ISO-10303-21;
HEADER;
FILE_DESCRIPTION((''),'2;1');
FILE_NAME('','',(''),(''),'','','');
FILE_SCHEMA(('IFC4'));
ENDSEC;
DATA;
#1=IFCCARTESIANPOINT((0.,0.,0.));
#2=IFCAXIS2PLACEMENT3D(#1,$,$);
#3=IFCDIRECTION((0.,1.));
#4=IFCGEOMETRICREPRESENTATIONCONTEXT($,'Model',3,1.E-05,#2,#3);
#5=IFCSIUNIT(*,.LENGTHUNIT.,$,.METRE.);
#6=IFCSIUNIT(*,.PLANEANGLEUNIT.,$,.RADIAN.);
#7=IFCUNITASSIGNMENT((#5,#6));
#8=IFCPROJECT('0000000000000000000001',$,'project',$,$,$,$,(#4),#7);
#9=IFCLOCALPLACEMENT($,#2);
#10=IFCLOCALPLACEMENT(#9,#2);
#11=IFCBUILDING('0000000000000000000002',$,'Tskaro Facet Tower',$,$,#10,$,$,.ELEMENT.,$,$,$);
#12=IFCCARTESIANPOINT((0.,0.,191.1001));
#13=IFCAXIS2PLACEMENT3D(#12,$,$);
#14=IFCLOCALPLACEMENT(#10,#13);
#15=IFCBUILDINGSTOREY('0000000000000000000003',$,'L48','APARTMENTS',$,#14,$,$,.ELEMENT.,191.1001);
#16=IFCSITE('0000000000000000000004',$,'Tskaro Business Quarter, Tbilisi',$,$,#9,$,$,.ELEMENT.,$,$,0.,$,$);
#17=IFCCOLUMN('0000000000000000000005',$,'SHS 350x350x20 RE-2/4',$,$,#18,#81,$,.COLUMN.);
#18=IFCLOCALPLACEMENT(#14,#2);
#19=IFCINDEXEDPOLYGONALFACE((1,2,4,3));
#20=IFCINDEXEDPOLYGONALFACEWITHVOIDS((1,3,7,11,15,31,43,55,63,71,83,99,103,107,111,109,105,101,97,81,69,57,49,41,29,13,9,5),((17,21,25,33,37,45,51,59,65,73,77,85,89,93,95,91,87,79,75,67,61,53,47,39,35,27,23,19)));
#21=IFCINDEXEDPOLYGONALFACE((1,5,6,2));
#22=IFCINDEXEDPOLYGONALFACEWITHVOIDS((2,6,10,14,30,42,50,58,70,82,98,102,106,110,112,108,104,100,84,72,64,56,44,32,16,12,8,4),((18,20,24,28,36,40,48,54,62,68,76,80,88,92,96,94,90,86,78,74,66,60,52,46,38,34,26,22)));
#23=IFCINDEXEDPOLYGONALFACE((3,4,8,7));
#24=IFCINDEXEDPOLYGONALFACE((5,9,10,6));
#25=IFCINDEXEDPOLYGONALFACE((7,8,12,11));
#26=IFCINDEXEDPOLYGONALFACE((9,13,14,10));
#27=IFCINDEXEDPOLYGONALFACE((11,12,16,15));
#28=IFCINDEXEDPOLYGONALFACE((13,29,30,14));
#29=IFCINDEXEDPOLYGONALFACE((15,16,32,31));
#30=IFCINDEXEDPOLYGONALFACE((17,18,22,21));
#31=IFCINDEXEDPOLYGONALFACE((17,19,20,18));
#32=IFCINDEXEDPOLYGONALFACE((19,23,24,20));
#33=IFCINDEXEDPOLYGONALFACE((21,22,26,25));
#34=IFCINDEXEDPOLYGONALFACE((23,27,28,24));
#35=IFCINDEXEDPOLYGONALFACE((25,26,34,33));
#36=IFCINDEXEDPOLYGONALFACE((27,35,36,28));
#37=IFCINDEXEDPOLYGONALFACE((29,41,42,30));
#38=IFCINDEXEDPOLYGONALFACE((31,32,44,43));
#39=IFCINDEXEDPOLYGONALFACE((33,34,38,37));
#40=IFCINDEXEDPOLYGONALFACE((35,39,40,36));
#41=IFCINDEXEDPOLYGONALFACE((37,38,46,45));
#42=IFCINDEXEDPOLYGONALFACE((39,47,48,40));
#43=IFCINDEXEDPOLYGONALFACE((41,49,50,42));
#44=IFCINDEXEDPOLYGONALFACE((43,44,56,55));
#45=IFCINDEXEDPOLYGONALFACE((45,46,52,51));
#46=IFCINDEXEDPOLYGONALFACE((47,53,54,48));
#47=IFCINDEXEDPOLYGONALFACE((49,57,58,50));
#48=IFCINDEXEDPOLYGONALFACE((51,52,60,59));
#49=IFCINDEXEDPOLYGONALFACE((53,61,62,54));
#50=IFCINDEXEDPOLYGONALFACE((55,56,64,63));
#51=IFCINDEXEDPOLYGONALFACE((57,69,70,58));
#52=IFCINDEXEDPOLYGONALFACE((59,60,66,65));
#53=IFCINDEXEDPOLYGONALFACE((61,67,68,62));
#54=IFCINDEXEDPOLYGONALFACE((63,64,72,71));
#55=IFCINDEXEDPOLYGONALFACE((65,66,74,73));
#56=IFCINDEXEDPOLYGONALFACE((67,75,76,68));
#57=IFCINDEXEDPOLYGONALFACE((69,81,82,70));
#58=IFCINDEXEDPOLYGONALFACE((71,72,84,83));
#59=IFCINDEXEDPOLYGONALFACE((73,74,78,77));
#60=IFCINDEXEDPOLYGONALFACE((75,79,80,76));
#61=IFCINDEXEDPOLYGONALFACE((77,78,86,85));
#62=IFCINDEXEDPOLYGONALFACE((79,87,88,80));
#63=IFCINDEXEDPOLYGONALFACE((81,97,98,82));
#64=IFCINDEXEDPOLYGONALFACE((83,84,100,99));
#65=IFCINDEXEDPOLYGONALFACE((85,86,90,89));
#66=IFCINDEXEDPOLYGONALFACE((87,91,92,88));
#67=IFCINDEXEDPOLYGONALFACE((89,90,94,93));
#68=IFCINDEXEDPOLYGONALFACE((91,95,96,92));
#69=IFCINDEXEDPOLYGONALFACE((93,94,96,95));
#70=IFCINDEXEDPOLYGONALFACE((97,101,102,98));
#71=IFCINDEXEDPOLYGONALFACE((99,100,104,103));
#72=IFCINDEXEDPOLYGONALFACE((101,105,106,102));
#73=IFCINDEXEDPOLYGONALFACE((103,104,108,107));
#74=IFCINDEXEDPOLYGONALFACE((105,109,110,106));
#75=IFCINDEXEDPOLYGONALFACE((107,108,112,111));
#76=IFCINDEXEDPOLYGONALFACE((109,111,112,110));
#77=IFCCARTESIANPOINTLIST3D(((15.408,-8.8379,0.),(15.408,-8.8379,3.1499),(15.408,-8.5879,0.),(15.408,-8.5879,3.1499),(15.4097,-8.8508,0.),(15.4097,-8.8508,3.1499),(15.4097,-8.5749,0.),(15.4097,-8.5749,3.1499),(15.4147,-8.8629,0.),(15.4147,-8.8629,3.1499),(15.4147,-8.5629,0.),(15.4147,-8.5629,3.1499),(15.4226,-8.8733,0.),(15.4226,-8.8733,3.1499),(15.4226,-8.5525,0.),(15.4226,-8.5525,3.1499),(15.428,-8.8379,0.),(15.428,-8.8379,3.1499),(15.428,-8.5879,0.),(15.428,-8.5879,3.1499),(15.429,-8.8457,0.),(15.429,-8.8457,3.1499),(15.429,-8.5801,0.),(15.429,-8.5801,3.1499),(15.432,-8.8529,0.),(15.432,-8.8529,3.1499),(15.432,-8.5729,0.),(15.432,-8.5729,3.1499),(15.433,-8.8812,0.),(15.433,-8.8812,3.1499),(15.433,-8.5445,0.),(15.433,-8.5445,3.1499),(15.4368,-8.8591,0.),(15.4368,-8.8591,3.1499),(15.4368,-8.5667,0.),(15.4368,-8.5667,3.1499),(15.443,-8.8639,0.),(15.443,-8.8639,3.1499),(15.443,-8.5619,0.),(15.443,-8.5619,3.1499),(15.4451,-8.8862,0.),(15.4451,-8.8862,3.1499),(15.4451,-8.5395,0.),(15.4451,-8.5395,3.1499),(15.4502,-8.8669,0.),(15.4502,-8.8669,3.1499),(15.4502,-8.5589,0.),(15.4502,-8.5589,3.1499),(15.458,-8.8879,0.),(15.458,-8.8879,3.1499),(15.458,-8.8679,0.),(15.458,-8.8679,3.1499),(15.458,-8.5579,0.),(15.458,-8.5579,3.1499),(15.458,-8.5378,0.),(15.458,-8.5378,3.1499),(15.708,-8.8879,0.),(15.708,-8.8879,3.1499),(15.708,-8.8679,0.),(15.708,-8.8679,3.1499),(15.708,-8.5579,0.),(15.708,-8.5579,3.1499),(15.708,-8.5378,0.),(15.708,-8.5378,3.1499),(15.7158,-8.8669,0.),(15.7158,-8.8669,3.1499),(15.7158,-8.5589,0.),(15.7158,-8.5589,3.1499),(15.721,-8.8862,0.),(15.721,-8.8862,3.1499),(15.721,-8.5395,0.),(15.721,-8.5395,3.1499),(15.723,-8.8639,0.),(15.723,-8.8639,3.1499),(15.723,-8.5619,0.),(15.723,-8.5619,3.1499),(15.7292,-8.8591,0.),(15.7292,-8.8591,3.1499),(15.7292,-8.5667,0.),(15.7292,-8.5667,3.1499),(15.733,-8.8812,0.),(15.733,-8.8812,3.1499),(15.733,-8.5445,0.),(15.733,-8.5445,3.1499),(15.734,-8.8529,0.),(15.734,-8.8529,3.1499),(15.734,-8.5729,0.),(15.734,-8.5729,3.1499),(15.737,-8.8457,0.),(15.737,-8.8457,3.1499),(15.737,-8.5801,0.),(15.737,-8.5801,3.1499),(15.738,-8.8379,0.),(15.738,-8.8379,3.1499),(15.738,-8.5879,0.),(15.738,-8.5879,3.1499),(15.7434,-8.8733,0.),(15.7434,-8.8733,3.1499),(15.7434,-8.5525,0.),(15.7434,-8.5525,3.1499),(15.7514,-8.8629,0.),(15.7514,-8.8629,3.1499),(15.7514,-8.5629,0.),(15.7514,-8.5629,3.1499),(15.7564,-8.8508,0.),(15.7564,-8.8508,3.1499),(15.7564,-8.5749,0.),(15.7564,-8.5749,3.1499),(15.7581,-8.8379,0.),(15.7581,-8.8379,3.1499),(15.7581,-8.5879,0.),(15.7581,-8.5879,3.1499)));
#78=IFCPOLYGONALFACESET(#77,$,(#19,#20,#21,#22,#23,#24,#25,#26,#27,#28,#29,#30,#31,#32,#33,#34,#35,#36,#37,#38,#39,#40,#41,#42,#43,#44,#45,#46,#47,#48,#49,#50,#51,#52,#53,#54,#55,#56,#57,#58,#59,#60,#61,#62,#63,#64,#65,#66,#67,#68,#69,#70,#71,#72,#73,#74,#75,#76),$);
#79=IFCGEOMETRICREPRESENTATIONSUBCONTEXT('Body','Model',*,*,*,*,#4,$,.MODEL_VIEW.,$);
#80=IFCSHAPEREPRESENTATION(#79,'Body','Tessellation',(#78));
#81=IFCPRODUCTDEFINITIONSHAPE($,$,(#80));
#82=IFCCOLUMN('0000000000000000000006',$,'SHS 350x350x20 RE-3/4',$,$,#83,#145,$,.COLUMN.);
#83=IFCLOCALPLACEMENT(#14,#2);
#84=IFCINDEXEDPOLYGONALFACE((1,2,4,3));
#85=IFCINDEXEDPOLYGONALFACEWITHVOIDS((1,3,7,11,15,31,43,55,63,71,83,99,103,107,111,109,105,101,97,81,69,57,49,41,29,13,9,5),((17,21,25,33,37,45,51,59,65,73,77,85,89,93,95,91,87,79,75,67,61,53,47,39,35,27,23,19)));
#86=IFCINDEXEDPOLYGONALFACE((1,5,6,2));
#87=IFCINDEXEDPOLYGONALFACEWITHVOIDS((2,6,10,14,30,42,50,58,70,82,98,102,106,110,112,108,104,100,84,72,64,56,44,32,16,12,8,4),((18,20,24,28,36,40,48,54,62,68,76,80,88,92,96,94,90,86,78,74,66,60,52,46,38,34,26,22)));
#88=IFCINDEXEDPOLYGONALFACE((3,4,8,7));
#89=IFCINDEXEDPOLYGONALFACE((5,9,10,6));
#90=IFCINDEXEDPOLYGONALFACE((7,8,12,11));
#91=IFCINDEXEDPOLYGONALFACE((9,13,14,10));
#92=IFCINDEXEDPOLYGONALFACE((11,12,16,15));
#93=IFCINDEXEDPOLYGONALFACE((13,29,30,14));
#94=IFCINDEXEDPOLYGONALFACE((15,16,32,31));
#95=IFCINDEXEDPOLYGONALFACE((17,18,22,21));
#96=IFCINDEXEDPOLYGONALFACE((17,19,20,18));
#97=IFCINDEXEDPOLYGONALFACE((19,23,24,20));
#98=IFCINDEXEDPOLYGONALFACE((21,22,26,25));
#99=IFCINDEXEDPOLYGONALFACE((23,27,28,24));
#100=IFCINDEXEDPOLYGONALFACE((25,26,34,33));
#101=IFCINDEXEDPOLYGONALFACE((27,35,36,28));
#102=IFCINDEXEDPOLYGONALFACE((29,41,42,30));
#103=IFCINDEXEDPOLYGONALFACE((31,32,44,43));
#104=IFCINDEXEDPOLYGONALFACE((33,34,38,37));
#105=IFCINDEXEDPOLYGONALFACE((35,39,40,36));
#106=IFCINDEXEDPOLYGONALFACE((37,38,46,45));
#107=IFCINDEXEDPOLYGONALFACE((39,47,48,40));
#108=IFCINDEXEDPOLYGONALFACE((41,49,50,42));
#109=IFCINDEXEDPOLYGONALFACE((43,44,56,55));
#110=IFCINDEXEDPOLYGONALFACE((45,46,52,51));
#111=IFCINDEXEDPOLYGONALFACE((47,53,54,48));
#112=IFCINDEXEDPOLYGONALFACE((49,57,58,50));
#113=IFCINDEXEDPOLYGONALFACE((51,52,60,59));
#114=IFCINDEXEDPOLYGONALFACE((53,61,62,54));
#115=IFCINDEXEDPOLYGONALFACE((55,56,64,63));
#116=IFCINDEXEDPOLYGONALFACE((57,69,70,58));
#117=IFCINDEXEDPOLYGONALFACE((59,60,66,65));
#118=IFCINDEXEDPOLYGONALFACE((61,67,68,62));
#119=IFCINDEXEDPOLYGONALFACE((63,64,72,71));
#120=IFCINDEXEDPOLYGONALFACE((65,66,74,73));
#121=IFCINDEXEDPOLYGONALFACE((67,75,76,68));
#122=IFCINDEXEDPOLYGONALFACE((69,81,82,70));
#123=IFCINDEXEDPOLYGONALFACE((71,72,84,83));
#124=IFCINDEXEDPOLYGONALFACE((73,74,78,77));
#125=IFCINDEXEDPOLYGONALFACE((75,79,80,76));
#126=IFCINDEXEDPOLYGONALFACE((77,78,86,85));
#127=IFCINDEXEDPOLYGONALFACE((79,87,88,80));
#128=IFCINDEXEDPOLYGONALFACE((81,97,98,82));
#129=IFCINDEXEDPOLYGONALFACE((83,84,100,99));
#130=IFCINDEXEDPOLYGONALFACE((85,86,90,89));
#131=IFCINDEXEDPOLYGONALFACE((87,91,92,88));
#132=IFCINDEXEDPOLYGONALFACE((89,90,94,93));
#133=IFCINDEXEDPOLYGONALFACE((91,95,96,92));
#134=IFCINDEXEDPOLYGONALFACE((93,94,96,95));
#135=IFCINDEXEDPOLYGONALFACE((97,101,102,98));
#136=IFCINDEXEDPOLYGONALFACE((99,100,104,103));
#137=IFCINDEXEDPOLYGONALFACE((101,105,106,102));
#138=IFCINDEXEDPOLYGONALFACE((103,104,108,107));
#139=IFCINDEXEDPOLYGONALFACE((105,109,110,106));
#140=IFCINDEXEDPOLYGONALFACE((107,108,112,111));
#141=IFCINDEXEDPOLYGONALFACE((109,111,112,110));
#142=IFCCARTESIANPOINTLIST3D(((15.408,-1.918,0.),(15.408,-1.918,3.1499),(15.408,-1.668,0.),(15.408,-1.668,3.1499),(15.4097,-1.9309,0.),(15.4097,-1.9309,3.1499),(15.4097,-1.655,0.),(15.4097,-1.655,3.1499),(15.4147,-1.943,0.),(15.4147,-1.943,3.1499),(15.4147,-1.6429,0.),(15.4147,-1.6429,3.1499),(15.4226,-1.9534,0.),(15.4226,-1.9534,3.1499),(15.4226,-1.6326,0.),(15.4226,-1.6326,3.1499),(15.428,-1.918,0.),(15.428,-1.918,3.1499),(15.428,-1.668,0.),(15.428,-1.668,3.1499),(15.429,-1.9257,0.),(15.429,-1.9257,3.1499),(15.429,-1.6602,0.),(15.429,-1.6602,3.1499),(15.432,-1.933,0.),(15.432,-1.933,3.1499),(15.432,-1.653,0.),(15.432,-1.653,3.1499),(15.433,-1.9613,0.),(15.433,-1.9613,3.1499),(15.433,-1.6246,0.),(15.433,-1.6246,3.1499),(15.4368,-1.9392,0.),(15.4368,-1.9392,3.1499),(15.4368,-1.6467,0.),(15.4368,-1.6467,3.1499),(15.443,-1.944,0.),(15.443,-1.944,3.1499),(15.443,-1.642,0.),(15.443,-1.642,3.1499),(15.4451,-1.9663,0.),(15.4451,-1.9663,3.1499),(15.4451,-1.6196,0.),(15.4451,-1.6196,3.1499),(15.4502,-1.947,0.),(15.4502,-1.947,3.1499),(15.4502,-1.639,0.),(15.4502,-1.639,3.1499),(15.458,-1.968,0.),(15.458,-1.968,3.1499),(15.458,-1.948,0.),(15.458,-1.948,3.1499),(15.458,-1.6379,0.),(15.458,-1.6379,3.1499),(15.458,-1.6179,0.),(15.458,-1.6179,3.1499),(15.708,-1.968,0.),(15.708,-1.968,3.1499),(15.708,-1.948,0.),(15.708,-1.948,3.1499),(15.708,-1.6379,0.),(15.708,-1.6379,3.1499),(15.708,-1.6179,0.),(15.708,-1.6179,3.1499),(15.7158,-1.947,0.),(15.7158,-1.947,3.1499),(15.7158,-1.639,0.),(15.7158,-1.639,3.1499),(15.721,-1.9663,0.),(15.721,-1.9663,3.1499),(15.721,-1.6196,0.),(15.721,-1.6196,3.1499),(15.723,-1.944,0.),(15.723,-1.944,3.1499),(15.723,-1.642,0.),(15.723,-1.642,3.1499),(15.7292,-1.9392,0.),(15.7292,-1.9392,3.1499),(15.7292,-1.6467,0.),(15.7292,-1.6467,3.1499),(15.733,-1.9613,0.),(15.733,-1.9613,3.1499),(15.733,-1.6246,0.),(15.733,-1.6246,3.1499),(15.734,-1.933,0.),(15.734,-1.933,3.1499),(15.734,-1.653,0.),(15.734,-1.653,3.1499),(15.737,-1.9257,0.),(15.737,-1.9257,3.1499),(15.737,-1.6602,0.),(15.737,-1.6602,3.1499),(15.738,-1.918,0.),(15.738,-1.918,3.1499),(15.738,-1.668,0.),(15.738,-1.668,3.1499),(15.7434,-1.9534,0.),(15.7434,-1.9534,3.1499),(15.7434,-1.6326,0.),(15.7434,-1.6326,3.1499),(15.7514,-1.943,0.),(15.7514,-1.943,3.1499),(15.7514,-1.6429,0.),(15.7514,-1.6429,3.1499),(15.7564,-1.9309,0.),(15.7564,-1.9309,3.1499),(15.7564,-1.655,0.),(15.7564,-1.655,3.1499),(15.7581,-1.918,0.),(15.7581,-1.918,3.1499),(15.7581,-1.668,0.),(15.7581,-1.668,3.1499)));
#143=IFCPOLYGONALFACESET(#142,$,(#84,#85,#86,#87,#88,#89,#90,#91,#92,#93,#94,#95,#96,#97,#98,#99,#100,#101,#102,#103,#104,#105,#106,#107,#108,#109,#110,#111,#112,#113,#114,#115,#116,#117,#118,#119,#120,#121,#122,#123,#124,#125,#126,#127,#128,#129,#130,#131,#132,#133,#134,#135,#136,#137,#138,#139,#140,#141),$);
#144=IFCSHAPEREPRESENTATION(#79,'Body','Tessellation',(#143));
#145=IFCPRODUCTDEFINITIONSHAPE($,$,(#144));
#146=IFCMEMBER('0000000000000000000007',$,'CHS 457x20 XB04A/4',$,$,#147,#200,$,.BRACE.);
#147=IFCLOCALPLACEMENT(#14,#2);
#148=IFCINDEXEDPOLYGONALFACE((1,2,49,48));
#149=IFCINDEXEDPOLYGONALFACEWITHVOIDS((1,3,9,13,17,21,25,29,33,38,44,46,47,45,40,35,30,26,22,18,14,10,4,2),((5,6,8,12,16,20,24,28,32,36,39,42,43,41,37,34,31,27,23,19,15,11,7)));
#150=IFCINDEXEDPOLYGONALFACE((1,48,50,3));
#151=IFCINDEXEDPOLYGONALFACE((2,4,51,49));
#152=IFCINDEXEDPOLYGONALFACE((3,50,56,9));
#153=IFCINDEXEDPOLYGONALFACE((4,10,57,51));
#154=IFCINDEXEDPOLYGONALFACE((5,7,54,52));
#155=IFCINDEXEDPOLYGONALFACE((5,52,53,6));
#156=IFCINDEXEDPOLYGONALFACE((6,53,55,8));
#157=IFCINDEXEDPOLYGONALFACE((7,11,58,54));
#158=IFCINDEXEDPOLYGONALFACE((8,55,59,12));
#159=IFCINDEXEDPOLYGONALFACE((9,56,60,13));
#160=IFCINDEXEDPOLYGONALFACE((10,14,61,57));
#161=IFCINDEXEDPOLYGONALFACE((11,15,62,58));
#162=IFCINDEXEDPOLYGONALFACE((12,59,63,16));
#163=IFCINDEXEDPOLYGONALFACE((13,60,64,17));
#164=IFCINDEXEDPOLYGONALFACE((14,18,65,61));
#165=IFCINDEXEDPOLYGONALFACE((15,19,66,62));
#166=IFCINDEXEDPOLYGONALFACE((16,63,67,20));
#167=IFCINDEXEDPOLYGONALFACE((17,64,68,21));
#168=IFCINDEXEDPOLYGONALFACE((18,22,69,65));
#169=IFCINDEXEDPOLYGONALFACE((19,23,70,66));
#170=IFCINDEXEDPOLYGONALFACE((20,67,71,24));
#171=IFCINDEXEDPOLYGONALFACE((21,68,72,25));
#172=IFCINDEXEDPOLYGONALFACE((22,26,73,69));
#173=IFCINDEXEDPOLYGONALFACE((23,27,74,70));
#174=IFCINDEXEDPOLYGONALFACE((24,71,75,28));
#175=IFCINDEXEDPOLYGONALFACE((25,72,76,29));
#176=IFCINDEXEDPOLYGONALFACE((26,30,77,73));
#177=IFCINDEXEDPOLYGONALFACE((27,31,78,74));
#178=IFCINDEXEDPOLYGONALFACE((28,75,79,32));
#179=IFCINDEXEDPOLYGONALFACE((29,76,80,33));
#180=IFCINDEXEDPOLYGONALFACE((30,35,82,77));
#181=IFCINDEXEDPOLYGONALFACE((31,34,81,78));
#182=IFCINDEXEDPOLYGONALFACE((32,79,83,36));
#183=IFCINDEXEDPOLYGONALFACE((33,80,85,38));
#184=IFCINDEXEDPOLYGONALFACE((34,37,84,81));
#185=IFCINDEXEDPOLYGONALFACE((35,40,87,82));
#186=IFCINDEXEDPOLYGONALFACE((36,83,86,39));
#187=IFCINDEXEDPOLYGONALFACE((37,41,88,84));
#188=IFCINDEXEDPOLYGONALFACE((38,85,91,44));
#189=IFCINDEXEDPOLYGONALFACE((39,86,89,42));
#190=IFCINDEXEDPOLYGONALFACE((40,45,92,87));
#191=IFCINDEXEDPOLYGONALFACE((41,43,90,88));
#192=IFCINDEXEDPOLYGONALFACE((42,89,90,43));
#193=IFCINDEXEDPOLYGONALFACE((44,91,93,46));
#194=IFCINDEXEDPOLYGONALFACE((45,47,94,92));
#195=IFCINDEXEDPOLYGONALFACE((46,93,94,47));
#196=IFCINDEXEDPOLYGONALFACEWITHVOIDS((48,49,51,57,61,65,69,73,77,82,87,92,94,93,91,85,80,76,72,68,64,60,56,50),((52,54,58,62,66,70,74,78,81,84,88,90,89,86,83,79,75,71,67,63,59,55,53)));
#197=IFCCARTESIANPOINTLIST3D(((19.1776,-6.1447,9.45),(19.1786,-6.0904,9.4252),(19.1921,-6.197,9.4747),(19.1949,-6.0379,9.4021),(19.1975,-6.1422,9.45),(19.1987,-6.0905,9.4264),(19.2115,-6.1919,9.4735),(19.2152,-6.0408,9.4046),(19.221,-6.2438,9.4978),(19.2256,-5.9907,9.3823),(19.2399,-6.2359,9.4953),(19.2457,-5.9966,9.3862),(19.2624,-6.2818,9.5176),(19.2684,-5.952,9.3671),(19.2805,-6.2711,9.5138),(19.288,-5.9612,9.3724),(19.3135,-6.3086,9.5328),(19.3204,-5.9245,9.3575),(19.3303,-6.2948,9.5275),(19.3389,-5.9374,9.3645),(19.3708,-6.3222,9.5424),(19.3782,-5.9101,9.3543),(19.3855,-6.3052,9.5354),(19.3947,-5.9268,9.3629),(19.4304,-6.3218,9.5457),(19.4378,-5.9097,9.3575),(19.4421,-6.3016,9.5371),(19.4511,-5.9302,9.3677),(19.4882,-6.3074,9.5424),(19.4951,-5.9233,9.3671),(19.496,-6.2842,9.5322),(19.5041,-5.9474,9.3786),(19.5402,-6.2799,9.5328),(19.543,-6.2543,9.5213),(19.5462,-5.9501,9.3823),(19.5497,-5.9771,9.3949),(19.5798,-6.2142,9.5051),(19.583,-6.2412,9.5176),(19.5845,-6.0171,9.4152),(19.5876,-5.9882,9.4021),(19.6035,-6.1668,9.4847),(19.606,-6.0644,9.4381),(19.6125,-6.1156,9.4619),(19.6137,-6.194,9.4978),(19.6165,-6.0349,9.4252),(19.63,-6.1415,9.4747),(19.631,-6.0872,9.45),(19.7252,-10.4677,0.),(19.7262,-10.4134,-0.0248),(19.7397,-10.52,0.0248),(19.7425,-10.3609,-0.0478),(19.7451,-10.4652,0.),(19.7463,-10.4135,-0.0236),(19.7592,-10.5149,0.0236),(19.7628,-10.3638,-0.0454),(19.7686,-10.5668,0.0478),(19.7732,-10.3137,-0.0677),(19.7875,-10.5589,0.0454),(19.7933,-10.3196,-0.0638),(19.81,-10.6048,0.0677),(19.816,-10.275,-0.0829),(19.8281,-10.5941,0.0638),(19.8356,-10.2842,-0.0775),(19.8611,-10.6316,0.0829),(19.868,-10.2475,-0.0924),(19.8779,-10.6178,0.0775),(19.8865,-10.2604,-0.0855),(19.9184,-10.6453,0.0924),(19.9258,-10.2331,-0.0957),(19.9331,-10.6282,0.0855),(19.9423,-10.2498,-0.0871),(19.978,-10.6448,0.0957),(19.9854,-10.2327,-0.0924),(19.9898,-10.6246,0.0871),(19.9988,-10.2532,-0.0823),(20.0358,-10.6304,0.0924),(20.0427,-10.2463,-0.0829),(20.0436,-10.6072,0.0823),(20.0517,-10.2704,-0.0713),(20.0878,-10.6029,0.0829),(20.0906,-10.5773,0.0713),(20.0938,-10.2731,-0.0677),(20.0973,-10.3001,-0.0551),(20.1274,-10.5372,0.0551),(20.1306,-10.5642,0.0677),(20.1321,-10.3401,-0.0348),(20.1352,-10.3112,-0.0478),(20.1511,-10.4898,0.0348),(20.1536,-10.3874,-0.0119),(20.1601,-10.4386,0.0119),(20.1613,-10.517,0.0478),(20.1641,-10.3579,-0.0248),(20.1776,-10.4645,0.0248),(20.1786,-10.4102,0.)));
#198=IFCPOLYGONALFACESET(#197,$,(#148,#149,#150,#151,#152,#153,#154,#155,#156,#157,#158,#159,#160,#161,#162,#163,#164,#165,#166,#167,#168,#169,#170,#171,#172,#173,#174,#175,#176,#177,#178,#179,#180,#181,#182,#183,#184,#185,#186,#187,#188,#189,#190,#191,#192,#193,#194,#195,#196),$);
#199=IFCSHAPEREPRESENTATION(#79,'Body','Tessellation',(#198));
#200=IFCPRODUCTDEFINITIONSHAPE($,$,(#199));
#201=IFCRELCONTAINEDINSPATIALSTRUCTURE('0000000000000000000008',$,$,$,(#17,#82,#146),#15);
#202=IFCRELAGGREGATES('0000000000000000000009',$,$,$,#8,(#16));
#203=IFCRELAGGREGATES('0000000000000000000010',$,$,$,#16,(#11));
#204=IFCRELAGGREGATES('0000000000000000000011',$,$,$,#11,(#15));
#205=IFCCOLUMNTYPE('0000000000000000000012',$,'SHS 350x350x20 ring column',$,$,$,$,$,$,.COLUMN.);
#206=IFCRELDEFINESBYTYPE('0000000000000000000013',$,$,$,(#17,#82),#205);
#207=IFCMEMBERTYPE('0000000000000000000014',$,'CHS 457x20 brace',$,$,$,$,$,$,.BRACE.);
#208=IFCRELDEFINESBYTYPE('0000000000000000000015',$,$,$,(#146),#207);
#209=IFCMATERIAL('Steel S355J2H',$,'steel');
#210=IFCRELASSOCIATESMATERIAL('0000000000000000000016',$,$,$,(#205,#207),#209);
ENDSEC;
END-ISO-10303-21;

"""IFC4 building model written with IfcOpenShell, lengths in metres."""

from ifc_helpers import new_model, si_unit, direction, frame, origin, origin_2d, place, context, subcontext, project, spatial, hollow_rectangle, hollow_circle, extrude, material, material_profile, profile_set, type_object, element, save


model = new_model("IFC4")

# Units and contexts
model_context = context("Model", 3, precision=1e-05, world=origin(), true_north=direction((0.0, 1.0)))
body_context = subcontext(model_context, "Body", "Model", "MODEL_VIEW")
ifc_project = project(units=[si_unit("LENGTHUNIT", "METRE"), si_unit("PLANEANGLEUNIT", "RADIAN")], contexts=[model_context])

# Site, building, storey
site_placement = place(None, origin())
site = spatial("IfcSite", under=ifc_project, at=site_placement, Name="Tskaro Business Quarter, Tbilisi", CompositionType="ELEMENT", RefElevation=0.0)
building_placement = place(site_placement, origin())
building = spatial("IfcBuilding", under=site, at=building_placement, Name="Tskaro Facet Tower", CompositionType="ELEMENT")
storey_placement = place(building_placement, frame((0.0, 0.0, 191.1001)))
storey = spatial("IfcBuildingStorey", under=building, at=storey_placement, Name="L48", Description="APARTMENTS", CompositionType="ELEMENT", Elevation=191.1001)

# Columns
ifc_material_1 = material(Name="Steel S355J2H", Category="steel")
ifc_material_profile_1 = material_profile(ifc_material_1, hollow_rectangle(XDim=0.3501, YDim=0.3501, WallThickness=0.02, InnerFilletRadius=0.03, OuterFilletRadius=0.05, at=origin_2d()), Name="SHS 350x350x20")
ifc_profile_set_1 = profile_set([ifc_material_profile_1], Name="Steel S355J2H")
column_type = type_object("IfcColumnType", Name="SHS 350x350x20 ring column", PredefinedType="COLUMN", material=ifc_profile_set_1)
for number, where, z_axis, x_axis, name in (
    (1, (15.583, -8.7129, 0.0), (0.0, 0.0, 1.0), (1.0, 0.0, 0.0), "SHS 350x350x20 RE-2/4"),
    (2, (15.583, -1.793, 0.0), (0.0, 0.0, 1.0), (1.0, 0.0, 0.0), "SHS 350x350x20 RE-3/4"),
):
    element("IfcColumn", number, at=place(storey_placement, frame(where, z_axis=z_axis, x_axis=x_axis)), inside=storey, type_object=column_type, Name=name, PredefinedType="COLUMN", context=body_context, shape_type="SweptSolid", body=[
        extrude(hollow_rectangle(XDim=0.3501, YDim=0.3501, WallThickness=0.02, InnerFilletRadius=0.03, OuterFilletRadius=0.05, at=origin_2d()), origin(), (0.0, 0.0, 1.0), 3.1499),
    ])

# Member
ifc_material_profile_2 = material_profile(ifc_material_1, hollow_circle(Radius=0.2285, WallThickness=0.02, at=origin_2d()), Name="CHS 457x20")
ifc_profile_set_2 = profile_set([ifc_material_profile_2], Name="Steel S355J2H")
member_type_1 = type_object("IfcMemberType", Name="CHS 457x20 brace", PredefinedType="BRACE", material=ifc_profile_set_2)
member_1_placement = place(storey_placement, frame((19.9519, -10.439, 0.0), z_axis=(-0.052623, 0.415424, 0.908105), x_axis=(-0.992072, -0.125669, 0.0)))
element("IfcMember", 3, at=member_1_placement, inside=storey, type_object=member_type_1, Name="CHS 457x20 XB04A/4", PredefinedType="BRACE", context=body_context, shape_type="SweptSolid", body=[
    extrude(hollow_circle(Radius=0.2285, WallThickness=0.02, at=origin_2d()), origin(), (0.0, 0.0, 1.0), 10.4062),
])

save(model, "model.ifc")
